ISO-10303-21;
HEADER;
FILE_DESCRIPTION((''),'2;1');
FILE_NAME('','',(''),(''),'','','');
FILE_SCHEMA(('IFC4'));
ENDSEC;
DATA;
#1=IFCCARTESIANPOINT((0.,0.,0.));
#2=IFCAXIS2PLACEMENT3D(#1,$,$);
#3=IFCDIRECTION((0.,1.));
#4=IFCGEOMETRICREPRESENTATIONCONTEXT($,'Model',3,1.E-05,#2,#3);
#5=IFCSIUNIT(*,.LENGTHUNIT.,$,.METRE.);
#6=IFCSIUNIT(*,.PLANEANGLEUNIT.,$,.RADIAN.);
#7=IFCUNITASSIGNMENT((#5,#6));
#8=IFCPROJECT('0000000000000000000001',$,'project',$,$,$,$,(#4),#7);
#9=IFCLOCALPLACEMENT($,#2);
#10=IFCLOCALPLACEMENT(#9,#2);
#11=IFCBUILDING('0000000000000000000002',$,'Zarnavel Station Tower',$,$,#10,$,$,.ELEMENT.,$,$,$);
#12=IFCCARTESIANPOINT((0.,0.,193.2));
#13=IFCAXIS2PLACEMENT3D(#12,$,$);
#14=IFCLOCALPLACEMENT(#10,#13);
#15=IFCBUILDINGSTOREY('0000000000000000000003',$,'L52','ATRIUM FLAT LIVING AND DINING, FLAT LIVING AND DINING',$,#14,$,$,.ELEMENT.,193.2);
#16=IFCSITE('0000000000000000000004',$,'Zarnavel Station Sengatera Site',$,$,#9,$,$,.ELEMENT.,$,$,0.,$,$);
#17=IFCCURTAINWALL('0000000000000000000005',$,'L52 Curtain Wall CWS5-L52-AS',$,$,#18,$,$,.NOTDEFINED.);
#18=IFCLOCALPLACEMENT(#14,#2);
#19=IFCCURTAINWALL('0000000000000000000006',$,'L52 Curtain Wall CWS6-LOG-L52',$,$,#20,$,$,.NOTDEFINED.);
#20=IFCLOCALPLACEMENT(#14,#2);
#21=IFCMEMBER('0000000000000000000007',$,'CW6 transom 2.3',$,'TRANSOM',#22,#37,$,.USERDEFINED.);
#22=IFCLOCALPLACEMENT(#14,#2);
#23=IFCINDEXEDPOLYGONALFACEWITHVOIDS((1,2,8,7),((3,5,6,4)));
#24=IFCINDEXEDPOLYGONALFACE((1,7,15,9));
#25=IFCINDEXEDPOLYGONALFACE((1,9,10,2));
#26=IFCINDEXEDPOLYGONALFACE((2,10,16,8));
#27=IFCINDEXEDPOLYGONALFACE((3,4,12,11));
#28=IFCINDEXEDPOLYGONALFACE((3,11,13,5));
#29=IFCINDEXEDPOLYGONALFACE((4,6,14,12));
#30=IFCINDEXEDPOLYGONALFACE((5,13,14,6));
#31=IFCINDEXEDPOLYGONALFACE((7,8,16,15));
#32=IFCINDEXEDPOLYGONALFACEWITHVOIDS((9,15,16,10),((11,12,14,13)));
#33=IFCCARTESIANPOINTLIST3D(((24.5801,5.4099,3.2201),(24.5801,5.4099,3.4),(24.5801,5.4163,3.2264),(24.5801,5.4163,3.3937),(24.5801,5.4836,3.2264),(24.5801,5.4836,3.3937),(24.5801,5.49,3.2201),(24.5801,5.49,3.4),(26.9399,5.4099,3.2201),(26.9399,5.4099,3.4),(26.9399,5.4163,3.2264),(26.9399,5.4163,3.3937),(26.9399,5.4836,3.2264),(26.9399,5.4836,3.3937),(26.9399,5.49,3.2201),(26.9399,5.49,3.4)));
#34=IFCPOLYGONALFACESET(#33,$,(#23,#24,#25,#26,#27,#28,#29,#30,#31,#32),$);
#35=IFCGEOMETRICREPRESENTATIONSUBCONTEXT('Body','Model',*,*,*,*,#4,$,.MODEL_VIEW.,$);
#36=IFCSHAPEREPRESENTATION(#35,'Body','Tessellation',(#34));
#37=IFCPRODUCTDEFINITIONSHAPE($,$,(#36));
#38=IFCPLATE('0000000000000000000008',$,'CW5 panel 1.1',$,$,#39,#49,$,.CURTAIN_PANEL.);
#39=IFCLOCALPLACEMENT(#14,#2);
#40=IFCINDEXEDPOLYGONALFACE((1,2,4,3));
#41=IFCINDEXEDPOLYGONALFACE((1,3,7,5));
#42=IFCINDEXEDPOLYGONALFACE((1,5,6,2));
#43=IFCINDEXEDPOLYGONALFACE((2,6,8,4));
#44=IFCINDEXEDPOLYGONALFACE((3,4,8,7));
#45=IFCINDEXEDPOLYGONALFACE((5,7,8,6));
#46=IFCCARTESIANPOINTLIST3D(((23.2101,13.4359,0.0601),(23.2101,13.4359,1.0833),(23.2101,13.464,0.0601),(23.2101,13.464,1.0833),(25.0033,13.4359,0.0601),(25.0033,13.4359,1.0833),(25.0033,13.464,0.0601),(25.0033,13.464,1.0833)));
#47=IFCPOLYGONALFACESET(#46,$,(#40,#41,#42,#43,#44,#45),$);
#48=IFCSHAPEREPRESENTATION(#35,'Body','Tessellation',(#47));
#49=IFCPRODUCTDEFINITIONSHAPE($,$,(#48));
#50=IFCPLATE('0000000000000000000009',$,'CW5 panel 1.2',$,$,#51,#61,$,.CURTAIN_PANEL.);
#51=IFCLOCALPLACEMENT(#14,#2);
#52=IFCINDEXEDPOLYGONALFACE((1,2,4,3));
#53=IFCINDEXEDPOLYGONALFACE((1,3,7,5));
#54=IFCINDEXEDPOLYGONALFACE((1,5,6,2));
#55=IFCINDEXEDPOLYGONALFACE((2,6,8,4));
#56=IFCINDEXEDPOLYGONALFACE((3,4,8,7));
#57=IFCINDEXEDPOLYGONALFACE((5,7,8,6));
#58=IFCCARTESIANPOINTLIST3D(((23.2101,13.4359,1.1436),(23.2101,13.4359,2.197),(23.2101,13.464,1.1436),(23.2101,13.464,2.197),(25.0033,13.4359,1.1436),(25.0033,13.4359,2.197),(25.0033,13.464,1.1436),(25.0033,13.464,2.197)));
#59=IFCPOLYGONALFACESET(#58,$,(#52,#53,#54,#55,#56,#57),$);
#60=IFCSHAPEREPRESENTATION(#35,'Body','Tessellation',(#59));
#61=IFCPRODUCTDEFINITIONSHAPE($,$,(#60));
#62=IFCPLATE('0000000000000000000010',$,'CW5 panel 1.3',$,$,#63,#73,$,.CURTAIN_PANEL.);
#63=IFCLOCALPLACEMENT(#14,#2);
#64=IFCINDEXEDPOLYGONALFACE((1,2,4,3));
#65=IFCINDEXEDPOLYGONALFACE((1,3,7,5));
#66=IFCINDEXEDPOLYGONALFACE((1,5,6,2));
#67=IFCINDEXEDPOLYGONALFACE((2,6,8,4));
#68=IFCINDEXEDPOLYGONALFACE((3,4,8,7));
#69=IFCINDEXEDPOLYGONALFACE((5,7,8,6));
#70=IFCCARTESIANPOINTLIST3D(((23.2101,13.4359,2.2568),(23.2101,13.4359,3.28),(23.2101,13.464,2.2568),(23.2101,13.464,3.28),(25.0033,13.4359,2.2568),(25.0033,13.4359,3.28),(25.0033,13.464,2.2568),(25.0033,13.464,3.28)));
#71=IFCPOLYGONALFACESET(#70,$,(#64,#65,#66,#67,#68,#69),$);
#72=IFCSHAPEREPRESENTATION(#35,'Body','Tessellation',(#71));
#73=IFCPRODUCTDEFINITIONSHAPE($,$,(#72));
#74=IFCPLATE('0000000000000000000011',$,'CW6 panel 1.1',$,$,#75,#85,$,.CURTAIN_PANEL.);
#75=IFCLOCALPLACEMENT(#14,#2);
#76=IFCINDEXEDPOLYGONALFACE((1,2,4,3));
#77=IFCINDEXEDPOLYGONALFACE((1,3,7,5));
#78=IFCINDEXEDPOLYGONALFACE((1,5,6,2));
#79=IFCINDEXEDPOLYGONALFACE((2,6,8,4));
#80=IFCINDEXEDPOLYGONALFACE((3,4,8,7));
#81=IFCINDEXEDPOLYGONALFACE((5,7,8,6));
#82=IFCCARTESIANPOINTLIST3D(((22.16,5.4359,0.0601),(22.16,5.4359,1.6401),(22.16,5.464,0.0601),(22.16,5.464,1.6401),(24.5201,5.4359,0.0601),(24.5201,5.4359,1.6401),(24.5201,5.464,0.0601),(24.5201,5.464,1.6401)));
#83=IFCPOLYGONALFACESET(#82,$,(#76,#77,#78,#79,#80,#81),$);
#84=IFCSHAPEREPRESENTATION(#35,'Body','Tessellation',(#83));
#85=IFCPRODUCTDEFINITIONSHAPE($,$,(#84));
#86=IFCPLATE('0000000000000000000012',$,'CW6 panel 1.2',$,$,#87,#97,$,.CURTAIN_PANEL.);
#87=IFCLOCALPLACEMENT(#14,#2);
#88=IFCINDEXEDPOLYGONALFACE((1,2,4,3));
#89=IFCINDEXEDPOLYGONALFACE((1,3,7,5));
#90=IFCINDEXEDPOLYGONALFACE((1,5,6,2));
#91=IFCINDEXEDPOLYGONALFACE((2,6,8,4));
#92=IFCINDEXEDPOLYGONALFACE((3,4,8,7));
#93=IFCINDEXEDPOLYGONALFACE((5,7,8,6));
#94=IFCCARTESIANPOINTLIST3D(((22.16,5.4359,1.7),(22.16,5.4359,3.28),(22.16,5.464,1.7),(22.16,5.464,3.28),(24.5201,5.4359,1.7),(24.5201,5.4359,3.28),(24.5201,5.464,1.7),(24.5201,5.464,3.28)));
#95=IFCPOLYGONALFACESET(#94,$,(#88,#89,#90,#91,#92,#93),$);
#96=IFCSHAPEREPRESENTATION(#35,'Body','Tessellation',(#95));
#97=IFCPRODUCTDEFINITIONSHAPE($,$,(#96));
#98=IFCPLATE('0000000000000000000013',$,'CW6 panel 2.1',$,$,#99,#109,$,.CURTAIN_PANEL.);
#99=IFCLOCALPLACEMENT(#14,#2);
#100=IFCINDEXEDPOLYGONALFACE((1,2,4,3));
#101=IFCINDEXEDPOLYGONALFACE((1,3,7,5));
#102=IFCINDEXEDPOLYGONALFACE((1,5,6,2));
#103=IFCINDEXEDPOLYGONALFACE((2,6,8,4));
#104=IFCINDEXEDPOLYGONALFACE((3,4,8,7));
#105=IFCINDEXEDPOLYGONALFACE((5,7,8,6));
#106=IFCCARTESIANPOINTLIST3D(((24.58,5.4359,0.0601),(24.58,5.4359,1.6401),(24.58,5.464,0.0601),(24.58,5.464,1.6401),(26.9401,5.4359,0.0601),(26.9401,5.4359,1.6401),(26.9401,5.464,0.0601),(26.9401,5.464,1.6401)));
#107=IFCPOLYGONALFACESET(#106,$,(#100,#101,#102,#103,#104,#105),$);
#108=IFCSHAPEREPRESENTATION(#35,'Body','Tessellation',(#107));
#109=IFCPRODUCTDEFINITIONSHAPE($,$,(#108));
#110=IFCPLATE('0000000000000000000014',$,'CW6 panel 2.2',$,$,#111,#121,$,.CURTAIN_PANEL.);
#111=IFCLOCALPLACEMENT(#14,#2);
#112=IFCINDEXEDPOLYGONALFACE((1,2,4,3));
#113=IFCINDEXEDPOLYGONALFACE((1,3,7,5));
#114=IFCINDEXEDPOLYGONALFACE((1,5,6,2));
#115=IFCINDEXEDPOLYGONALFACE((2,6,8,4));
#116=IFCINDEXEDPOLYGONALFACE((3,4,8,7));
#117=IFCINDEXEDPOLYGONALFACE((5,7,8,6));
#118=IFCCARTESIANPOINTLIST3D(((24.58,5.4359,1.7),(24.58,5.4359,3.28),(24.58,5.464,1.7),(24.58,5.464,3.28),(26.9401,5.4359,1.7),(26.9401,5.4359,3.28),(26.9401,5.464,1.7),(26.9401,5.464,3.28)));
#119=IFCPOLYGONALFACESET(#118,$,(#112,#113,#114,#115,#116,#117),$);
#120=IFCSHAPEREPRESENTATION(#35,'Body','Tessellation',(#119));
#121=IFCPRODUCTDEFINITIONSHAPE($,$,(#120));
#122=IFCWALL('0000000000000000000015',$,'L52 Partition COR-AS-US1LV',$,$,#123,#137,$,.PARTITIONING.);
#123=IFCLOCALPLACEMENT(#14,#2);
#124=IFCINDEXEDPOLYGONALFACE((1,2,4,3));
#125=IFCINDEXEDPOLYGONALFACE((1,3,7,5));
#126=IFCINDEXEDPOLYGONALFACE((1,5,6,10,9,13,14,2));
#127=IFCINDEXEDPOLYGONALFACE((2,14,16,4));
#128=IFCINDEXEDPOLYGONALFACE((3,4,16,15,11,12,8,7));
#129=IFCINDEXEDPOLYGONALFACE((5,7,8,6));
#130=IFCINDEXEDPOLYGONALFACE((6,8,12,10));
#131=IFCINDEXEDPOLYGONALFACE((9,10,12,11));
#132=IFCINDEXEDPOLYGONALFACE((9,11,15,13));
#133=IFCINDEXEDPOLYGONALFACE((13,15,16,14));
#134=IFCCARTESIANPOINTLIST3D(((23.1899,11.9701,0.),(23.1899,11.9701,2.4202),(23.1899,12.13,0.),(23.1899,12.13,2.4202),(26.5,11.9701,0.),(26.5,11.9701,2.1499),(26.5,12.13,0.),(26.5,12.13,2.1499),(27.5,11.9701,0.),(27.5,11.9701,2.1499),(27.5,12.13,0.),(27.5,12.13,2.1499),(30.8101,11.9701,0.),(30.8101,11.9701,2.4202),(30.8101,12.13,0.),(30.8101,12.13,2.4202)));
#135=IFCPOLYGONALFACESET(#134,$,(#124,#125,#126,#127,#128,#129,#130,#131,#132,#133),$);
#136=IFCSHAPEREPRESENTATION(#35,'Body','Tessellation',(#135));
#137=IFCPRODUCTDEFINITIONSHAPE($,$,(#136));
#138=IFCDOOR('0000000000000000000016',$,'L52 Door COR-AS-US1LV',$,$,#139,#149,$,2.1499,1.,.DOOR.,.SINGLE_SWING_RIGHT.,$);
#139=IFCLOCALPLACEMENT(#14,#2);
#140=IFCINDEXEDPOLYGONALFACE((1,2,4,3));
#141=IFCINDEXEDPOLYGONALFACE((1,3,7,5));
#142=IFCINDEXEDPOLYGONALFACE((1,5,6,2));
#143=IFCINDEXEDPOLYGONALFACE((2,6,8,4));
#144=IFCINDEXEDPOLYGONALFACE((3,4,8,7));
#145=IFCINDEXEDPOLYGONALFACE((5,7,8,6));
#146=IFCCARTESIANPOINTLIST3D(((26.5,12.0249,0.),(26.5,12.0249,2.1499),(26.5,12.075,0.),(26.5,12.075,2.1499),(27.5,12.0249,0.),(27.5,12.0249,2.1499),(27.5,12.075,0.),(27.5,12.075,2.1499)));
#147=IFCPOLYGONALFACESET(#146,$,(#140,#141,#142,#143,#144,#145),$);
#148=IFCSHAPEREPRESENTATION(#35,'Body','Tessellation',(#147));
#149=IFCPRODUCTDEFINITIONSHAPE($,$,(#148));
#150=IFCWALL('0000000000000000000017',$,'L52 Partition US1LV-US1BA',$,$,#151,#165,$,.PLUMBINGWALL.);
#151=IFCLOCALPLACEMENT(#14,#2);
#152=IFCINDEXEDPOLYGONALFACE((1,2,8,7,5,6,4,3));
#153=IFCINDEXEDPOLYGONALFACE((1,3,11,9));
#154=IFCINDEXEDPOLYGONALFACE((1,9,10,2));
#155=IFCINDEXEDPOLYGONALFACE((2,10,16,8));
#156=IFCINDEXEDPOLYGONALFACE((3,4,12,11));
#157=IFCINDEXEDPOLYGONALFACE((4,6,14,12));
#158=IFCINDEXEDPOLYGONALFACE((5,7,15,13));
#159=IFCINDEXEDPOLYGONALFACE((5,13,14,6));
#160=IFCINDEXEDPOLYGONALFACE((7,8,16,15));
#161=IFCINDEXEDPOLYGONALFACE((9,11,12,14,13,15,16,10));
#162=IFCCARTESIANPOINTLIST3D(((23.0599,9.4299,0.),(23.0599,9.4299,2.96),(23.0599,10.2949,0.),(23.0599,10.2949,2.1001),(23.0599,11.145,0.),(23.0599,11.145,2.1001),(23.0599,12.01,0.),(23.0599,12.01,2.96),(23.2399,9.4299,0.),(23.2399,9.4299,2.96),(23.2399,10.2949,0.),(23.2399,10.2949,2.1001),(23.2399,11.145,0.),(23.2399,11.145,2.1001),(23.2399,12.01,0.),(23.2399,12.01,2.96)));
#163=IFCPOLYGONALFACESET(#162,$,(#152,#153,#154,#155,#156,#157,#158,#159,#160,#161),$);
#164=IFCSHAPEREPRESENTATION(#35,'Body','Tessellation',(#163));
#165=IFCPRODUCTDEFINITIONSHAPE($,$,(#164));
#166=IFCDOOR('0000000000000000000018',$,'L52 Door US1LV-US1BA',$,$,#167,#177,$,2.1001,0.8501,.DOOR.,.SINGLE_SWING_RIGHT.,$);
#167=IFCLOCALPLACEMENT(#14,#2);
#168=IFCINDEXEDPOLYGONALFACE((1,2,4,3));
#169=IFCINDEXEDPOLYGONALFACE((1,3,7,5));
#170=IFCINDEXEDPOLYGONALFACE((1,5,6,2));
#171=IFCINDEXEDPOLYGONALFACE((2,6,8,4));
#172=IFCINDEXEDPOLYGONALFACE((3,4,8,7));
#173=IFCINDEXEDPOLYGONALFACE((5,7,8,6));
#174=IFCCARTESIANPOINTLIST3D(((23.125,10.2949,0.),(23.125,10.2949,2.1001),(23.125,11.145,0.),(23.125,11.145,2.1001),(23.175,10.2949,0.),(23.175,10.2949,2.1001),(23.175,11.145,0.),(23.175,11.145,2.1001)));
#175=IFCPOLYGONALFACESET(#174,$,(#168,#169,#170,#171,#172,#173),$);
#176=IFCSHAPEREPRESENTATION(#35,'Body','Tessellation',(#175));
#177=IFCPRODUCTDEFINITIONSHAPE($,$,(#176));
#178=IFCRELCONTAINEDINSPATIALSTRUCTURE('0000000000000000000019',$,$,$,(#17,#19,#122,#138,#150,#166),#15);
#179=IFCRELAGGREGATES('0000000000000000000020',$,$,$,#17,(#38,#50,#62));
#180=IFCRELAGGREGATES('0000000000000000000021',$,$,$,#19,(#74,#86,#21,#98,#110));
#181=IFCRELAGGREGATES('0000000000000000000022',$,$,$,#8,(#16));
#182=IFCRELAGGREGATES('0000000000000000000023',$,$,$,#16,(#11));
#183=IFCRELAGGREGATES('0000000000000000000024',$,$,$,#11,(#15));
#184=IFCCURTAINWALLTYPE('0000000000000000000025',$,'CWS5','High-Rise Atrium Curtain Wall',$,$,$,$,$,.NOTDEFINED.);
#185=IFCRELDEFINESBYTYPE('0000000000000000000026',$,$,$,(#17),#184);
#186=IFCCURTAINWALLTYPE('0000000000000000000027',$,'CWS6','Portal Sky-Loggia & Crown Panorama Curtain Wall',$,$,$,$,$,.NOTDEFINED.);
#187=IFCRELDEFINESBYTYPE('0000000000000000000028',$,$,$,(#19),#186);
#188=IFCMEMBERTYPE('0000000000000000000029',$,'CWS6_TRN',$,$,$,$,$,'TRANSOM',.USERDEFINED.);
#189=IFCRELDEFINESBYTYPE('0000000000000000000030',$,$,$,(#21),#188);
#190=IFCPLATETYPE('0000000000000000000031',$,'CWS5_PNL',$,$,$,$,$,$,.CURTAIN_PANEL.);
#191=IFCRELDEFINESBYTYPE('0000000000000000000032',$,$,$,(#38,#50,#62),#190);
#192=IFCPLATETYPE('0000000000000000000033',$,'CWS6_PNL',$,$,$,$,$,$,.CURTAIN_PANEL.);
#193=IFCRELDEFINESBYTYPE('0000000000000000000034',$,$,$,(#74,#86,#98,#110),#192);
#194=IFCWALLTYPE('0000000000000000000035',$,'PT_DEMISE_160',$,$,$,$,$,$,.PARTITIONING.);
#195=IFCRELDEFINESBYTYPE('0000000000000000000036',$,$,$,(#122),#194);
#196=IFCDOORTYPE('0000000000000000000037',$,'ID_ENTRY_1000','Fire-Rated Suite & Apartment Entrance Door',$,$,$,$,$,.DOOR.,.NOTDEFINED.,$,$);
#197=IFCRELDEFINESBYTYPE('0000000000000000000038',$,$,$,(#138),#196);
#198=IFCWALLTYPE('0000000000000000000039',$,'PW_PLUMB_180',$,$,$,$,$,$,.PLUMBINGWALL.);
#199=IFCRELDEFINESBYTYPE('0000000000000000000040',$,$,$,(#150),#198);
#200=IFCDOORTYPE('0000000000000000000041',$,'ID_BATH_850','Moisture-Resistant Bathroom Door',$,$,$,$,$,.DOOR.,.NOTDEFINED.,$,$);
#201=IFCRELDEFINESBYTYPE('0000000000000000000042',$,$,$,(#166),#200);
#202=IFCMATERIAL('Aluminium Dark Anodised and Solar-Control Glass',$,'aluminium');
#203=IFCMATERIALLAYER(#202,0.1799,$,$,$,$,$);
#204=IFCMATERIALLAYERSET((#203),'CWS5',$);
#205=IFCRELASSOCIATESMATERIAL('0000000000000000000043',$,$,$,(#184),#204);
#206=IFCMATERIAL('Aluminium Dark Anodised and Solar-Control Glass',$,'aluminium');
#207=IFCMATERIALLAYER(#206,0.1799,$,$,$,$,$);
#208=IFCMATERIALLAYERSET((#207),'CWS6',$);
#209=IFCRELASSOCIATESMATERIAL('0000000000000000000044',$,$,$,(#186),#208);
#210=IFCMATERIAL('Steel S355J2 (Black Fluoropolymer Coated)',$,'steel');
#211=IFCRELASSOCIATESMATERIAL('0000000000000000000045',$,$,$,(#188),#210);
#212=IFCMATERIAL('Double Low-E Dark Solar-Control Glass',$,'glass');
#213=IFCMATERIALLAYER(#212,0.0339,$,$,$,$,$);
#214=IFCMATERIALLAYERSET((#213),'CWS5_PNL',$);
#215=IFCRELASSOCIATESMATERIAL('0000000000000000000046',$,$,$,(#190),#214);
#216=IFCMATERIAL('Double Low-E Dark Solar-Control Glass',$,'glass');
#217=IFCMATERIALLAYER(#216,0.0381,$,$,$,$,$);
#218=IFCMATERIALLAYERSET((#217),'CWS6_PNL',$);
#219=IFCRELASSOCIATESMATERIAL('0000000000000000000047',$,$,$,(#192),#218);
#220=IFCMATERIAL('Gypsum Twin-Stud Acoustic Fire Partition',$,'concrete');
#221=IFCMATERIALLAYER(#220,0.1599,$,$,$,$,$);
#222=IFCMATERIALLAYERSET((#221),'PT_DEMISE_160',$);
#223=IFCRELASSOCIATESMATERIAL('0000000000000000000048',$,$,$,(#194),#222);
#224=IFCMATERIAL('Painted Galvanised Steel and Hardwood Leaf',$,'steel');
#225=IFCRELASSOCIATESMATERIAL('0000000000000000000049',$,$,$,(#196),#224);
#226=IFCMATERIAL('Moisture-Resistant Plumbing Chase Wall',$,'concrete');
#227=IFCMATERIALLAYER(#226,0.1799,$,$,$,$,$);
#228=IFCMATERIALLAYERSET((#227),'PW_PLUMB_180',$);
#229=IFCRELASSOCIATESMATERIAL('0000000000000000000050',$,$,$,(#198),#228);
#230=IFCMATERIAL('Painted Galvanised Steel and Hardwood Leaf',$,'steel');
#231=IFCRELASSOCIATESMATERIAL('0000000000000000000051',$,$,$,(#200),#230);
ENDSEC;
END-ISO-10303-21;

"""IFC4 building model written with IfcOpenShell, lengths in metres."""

from ifc_helpers import new_model, si_unit, direction, frame, frame_2d, origin, origin_2d, place, context, subcontext, project, spatial, rectangle, hollow_rectangle, extrude, material, layer, layer_set, material_profile, profile_set, type_object, element, fill, aggregate, save


model = new_model("IFC4")

# Units and contexts
model_context = context("Model", 3, precision=1e-05, world=origin(), true_north=direction((0.0, 1.0)))
body_context = subcontext(model_context, "Body", "Model", "MODEL_VIEW")
ifc_project = project(units=[si_unit("LENGTHUNIT", "METRE"), si_unit("PLANEANGLEUNIT", "RADIAN")], contexts=[model_context])

# Site, building, storey
site_placement = place(None, origin())
site = spatial("IfcSite", under=ifc_project, at=site_placement, Name="Zarnavel Station Sengatera Site", CompositionType="ELEMENT", RefElevation=0.0)
building_placement = place(site_placement, origin())
building = spatial("IfcBuilding", under=site, at=building_placement, Name="Zarnavel Station Tower", CompositionType="ELEMENT")
storey_placement = place(building_placement, frame((0.0, 0.0, 193.2)))
storey = spatial("IfcBuildingStorey", under=building, at=storey_placement, Name="L52", Description="ATRIUM FLAT LIVING AND DINING, FLAT LIVING AND DINING", CompositionType="ELEMENT", Elevation=193.2)

# Curtain walls, member
ifc_material_1 = material(Name="Aluminium Dark Anodised and Solar-Control Glass", Category="aluminium")
ifc_layer_1 = layer(ifc_material_1, 0.1799)
ifc_layer_set_1 = layer_set([ifc_layer_1], Name="CWS5")
curtain_wall_type_1 = type_object("IfcCurtainWallType", Name="CWS5", Description="High-Rise Atrium Curtain Wall", PredefinedType="NOTDEFINED", material=ifc_layer_set_1)
curtain_wall_1_placement = place(storey_placement, origin())
curtain_wall_1 = element("IfcCurtainWall", 1, at=curtain_wall_1_placement, inside=storey, type_object=curtain_wall_type_1, Name="L52 Curtain Wall CWS5-L52-AS", PredefinedType="NOTDEFINED")
ifc_material_2 = material(Name="Aluminium Dark Anodised and Solar-Control Glass", Category="aluminium")
ifc_layer_2 = layer(ifc_material_2, 0.1799)
ifc_layer_set_2 = layer_set([ifc_layer_2], Name="CWS6")
curtain_wall_type_2 = type_object("IfcCurtainWallType", Name="CWS6", Description="Portal Sky-Loggia & Crown Panorama Curtain Wall", PredefinedType="NOTDEFINED", material=ifc_layer_set_2)
curtain_wall_2_placement = place(storey_placement, origin())
curtain_wall_2 = element("IfcCurtainWall", 2, at=curtain_wall_2_placement, inside=storey, type_object=curtain_wall_type_2, Name="L52 Curtain Wall CWS6-LOG-L52", PredefinedType="NOTDEFINED")
ifc_material_3 = material(Name="Steel S355J2 (Black Fluoropolymer Coated)", Category="steel")
ifc_material_profile_1 = material_profile(ifc_material_3, hollow_rectangle(XDim=0.0801, YDim=0.1799, WallThickness=0.0063, at=origin_2d()), Name="RHS180x80x6.3")
ifc_profile_set_1 = profile_set([ifc_material_profile_1], Name="Steel S355J2 (Black Fluoropolymer Coated)")
member_type_1 = type_object("IfcMemberType", Name="CWS6_TRN", ElementType="TRANSOM", PredefinedType="USERDEFINED", material=ifc_profile_set_1)
member_1_placement = place(storey_placement, frame((24.5801, 5.45, 3.3101), z_axis=(1.0, 0.0, 0.0), x_axis=(0.0, 1.0, 0.0)))
member_1 = element("IfcMember", 3, at=member_1_placement, type_object=member_type_1, Name="CW6 transom 2.3", ObjectType="TRANSOM", PredefinedType="USERDEFINED", context=body_context, shape_type="SweptSolid", body=[
    extrude(hollow_rectangle(XDim=0.0801, YDim=0.1799, WallThickness=0.0063, at=origin_2d()), origin(), (0.0, 0.0, 1.0), 2.3599),
])

# Plates
ifc_material_4 = material(Name="Double Low-E Dark Solar-Control Glass", Category="glass")
ifc_layer_3 = layer(ifc_material_4, 0.0339)
ifc_layer_set_3 = layer_set([ifc_layer_3], Name="CWS5_PNL")
plate_type_1 = type_object("IfcPlateType", Name="CWS5_PNL", PredefinedType="CURTAIN_PANEL", material=ifc_layer_set_3)
plate_1_placement = place(storey_placement, frame((24.1067, 13.45, 0.0601), z_axis=(0.0, 0.0, 1.0), x_axis=(1.0, 0.0, 0.0)))
plate_1 = element("IfcPlate", 4, at=plate_1_placement, type_object=plate_type_1, Name="CW5 panel 1.1", PredefinedType="CURTAIN_PANEL", context=body_context, shape_type="SweptSolid", body=[
    extrude(rectangle(XDim=1.7932, YDim=0.0281, at=origin_2d()), origin(), (0.0, 0.0, 1.0), 1.0232),
])
plate_2_placement = place(storey_placement, frame((24.1067, 13.45, 1.1436), z_axis=(0.0, 0.0, 1.0), x_axis=(1.0, 0.0, 0.0)))
plate_2 = element("IfcPlate", 5, at=plate_2_placement, type_object=plate_type_1, Name="CW5 panel 1.2", PredefinedType="CURTAIN_PANEL", context=body_context, shape_type="SweptSolid", body=[
    extrude(rectangle(XDim=1.7932, YDim=0.0281, at=origin_2d()), origin(), (0.0, 0.0, 1.0), 1.0535),
])
plate_3_placement = place(storey_placement, frame((24.1067, 13.45, 2.2568), z_axis=(0.0, 0.0, 1.0), x_axis=(1.0, 0.0, 0.0)))
plate_3 = element("IfcPlate", 6, at=plate_3_placement, type_object=plate_type_1, Name="CW5 panel 1.3", PredefinedType="CURTAIN_PANEL", context=body_context, shape_type="SweptSolid", body=[
    extrude(rectangle(XDim=1.7932, YDim=0.0281, at=origin_2d()), origin(), (0.0, 0.0, 1.0), 1.0232),
])
aggregate(curtain_wall_1, [plate_1, plate_2, plate_3])
ifc_material_5 = material(Name="Double Low-E Dark Solar-Control Glass", Category="glass")
ifc_layer_4 = layer(ifc_material_5, 0.0381)
ifc_layer_set_4 = layer_set([ifc_layer_4], Name="CWS6_PNL")
plate_type_2 = type_object("IfcPlateType", Name="CWS6_PNL", PredefinedType="CURTAIN_PANEL", material=ifc_layer_set_4)
plate_4_placement = place(storey_placement, frame((23.3401, 5.45, 0.0601), z_axis=(0.0, 0.0, 1.0), x_axis=(1.0, 0.0, 0.0)))
plate_4 = element("IfcPlate", 7, at=plate_4_placement, type_object=plate_type_2, Name="CW6 panel 1.1", PredefinedType="CURTAIN_PANEL", context=body_context, shape_type="SweptSolid", body=[
    extrude(rectangle(XDim=2.3601, YDim=0.0281, at=origin_2d()), origin(), (0.0, 0.0, 1.0), 1.5801),
])
plate_5_placement = place(storey_placement, frame((23.3401, 5.45, 1.7), z_axis=(0.0, 0.0, 1.0), x_axis=(1.0, 0.0, 0.0)))
plate_5 = element("IfcPlate", 8, at=plate_5_placement, type_object=plate_type_2, Name="CW6 panel 1.2", PredefinedType="CURTAIN_PANEL", context=body_context, shape_type="SweptSolid", body=[
    extrude(rectangle(XDim=2.3601, YDim=0.0281, at=origin_2d()), origin(), (0.0, 0.0, 1.0), 1.5801),
])
plate_6_placement = place(storey_placement, frame((25.76, 5.45, 0.0601), z_axis=(0.0, 0.0, 1.0), x_axis=(1.0, 0.0, 0.0)))
plate_6 = element("IfcPlate", 9, at=plate_6_placement, type_object=plate_type_2, Name="CW6 panel 2.1", PredefinedType="CURTAIN_PANEL", context=body_context, shape_type="SweptSolid", body=[
    extrude(rectangle(XDim=2.3601, YDim=0.0281, at=origin_2d()), origin(), (0.0, 0.0, 1.0), 1.5801),
])
plate_7_placement = place(storey_placement, frame((25.76, 5.45, 1.7), z_axis=(0.0, 0.0, 1.0), x_axis=(1.0, 0.0, 0.0)))
plate_7 = element("IfcPlate", 10, at=plate_7_placement, type_object=plate_type_2, Name="CW6 panel 2.2", PredefinedType="CURTAIN_PANEL", context=body_context, shape_type="SweptSolid", body=[
    extrude(rectangle(XDim=2.3601, YDim=0.0281, at=origin_2d()), origin(), (0.0, 0.0, 1.0), 1.5801),
])
aggregate(curtain_wall_2, [plate_4, plate_5, member_1, plate_6, plate_7])

# Walls, openings, doors
ifc_material_6 = material(Name="Gypsum Twin-Stud Acoustic Fire Partition", Category="concrete")
ifc_layer_5 = layer(ifc_material_6, 0.1599)
ifc_layer_set_5 = layer_set([ifc_layer_5], Name="PT_DEMISE_160")
wall_type_1 = type_object("IfcWallType", Name="PT_DEMISE_160", PredefinedType="PARTITIONING", material=ifc_layer_set_5)
wall_1_placement = place(storey_placement, frame((23.1899, 12.05, 0.0), z_axis=(0.0, 0.0, 1.0), x_axis=(1.0, 0.0, 0.0)))
wall_1 = element("IfcWall", 11, at=wall_1_placement, inside=storey, type_object=wall_type_1, Name="L52 Partition COR-AS-US1LV", PredefinedType="PARTITIONING", context=body_context, shape_type="SweptSolid", body=[
    extrude(rectangle(XDim=7.6201, YDim=0.1599, at=frame_2d((3.8101, 0.0))), origin(), (0.0, 0.0, 1.0), 2.4202),
])
opening_1_placement = place(wall_1_placement, frame((3.3101, 0.0, 0.0)))
opening_1 = element("IfcOpeningElement", 12, at=opening_1_placement, cuts=wall_1, PredefinedType="OPENING", context=body_context, shape_type="SweptSolid", body=[
    extrude(rectangle(XDim=1.0, YDim=2.1499, at=frame_2d((0.5, 1.075))), frame((0.0, 0.0898, 0.0), z_axis=(0.0, -1.0, 0.0), x_axis=(1.0, 0.0, 0.0)), (0.0, 0.0, 1.0), 0.1799),
])
ifc_material_7 = material(Name="Painted Galvanised Steel and Hardwood Leaf", Category="steel")
door_type_1 = type_object("IfcDoorType", Name="ID_ENTRY_1000", Description="Fire-Rated Suite & Apartment Entrance Door", OperationType="NOTDEFINED", PredefinedType="DOOR", material=ifc_material_7)
door_1_placement = place(opening_1_placement, origin())
door_1 = element("IfcDoor", 13, at=door_1_placement, inside=storey, type_object=door_type_1, Name="L52 Door COR-AS-US1LV", OperationType="SINGLE_SWING_RIGHT", OverallHeight=2.1499, OverallWidth=1.0, PredefinedType="DOOR", context=body_context, shape_type="SweptSolid", body=[
    extrude(rectangle(XDim=1.0, YDim=2.1499, at=frame_2d((0.5, 1.075))), frame((0.0, 0.0249, 0.0), z_axis=(0.0, -1.0, 0.0), x_axis=(1.0, 0.0, 0.0)), (0.0, 0.0, 1.0), 0.05),
])
fill(opening_1, door_1)
ifc_material_8 = material(Name="Moisture-Resistant Plumbing Chase Wall", Category="concrete")
ifc_layer_6 = layer(ifc_material_8, 0.1799)
ifc_layer_set_6 = layer_set([ifc_layer_6], Name="PW_PLUMB_180")
wall_type_2 = type_object("IfcWallType", Name="PW_PLUMB_180", PredefinedType="PLUMBINGWALL", material=ifc_layer_set_6)
wall_2_placement = place(storey_placement, frame((23.1499, 9.4299, 0.0), z_axis=(0.0, 0.0, 1.0), x_axis=(0.0, 1.0, 0.0)))
wall_2 = element("IfcWall", 14, at=wall_2_placement, inside=storey, type_object=wall_type_2, Name="L52 Partition US1LV-US1BA", PredefinedType="PLUMBINGWALL", context=body_context, shape_type="SweptSolid", body=[
    extrude(rectangle(XDim=2.5801, YDim=0.1799, at=frame_2d((1.29, 0.0))), origin(), (0.0, 0.0, 1.0), 2.96),
])
opening_2_placement = place(wall_2_placement, frame((0.865, 0.0, 0.0)))
opening_2 = element("IfcOpeningElement", 15, at=opening_2_placement, cuts=wall_2, PredefinedType="OPENING", context=body_context, shape_type="SweptSolid", body=[
    extrude(rectangle(XDim=0.8501, YDim=2.1001, at=frame_2d((0.425, 1.05))), frame((0.0, 0.0999, 0.0), z_axis=(0.0, -1.0, 0.0), x_axis=(1.0, 0.0, 0.0)), (0.0, 0.0, 1.0), 0.2),
])
ifc_material_9 = material(Name="Painted Galvanised Steel and Hardwood Leaf", Category="steel")
door_type_2 = type_object("IfcDoorType", Name="ID_BATH_850", Description="Moisture-Resistant Bathroom Door", OperationType="NOTDEFINED", PredefinedType="DOOR", material=ifc_material_9)
door_2_placement = place(opening_2_placement, origin())
door_2 = element("IfcDoor", 16, at=door_2_placement, inside=storey, type_object=door_type_2, Name="L52 Door US1LV-US1BA", OperationType="SINGLE_SWING_RIGHT", OverallHeight=2.1001, OverallWidth=0.8501, PredefinedType="DOOR", context=body_context, shape_type="SweptSolid", body=[
    extrude(rectangle(XDim=0.8501, YDim=2.1001, at=frame_2d((0.425, 1.05))), frame((0.0, 0.0249, 0.0), z_axis=(0.0, -1.0, 0.0), x_axis=(1.0, 0.0, 0.0)), (0.0, 0.0, 1.0), 0.05),
])
fill(opening_2, door_2)

save(model, "model.ifc")
